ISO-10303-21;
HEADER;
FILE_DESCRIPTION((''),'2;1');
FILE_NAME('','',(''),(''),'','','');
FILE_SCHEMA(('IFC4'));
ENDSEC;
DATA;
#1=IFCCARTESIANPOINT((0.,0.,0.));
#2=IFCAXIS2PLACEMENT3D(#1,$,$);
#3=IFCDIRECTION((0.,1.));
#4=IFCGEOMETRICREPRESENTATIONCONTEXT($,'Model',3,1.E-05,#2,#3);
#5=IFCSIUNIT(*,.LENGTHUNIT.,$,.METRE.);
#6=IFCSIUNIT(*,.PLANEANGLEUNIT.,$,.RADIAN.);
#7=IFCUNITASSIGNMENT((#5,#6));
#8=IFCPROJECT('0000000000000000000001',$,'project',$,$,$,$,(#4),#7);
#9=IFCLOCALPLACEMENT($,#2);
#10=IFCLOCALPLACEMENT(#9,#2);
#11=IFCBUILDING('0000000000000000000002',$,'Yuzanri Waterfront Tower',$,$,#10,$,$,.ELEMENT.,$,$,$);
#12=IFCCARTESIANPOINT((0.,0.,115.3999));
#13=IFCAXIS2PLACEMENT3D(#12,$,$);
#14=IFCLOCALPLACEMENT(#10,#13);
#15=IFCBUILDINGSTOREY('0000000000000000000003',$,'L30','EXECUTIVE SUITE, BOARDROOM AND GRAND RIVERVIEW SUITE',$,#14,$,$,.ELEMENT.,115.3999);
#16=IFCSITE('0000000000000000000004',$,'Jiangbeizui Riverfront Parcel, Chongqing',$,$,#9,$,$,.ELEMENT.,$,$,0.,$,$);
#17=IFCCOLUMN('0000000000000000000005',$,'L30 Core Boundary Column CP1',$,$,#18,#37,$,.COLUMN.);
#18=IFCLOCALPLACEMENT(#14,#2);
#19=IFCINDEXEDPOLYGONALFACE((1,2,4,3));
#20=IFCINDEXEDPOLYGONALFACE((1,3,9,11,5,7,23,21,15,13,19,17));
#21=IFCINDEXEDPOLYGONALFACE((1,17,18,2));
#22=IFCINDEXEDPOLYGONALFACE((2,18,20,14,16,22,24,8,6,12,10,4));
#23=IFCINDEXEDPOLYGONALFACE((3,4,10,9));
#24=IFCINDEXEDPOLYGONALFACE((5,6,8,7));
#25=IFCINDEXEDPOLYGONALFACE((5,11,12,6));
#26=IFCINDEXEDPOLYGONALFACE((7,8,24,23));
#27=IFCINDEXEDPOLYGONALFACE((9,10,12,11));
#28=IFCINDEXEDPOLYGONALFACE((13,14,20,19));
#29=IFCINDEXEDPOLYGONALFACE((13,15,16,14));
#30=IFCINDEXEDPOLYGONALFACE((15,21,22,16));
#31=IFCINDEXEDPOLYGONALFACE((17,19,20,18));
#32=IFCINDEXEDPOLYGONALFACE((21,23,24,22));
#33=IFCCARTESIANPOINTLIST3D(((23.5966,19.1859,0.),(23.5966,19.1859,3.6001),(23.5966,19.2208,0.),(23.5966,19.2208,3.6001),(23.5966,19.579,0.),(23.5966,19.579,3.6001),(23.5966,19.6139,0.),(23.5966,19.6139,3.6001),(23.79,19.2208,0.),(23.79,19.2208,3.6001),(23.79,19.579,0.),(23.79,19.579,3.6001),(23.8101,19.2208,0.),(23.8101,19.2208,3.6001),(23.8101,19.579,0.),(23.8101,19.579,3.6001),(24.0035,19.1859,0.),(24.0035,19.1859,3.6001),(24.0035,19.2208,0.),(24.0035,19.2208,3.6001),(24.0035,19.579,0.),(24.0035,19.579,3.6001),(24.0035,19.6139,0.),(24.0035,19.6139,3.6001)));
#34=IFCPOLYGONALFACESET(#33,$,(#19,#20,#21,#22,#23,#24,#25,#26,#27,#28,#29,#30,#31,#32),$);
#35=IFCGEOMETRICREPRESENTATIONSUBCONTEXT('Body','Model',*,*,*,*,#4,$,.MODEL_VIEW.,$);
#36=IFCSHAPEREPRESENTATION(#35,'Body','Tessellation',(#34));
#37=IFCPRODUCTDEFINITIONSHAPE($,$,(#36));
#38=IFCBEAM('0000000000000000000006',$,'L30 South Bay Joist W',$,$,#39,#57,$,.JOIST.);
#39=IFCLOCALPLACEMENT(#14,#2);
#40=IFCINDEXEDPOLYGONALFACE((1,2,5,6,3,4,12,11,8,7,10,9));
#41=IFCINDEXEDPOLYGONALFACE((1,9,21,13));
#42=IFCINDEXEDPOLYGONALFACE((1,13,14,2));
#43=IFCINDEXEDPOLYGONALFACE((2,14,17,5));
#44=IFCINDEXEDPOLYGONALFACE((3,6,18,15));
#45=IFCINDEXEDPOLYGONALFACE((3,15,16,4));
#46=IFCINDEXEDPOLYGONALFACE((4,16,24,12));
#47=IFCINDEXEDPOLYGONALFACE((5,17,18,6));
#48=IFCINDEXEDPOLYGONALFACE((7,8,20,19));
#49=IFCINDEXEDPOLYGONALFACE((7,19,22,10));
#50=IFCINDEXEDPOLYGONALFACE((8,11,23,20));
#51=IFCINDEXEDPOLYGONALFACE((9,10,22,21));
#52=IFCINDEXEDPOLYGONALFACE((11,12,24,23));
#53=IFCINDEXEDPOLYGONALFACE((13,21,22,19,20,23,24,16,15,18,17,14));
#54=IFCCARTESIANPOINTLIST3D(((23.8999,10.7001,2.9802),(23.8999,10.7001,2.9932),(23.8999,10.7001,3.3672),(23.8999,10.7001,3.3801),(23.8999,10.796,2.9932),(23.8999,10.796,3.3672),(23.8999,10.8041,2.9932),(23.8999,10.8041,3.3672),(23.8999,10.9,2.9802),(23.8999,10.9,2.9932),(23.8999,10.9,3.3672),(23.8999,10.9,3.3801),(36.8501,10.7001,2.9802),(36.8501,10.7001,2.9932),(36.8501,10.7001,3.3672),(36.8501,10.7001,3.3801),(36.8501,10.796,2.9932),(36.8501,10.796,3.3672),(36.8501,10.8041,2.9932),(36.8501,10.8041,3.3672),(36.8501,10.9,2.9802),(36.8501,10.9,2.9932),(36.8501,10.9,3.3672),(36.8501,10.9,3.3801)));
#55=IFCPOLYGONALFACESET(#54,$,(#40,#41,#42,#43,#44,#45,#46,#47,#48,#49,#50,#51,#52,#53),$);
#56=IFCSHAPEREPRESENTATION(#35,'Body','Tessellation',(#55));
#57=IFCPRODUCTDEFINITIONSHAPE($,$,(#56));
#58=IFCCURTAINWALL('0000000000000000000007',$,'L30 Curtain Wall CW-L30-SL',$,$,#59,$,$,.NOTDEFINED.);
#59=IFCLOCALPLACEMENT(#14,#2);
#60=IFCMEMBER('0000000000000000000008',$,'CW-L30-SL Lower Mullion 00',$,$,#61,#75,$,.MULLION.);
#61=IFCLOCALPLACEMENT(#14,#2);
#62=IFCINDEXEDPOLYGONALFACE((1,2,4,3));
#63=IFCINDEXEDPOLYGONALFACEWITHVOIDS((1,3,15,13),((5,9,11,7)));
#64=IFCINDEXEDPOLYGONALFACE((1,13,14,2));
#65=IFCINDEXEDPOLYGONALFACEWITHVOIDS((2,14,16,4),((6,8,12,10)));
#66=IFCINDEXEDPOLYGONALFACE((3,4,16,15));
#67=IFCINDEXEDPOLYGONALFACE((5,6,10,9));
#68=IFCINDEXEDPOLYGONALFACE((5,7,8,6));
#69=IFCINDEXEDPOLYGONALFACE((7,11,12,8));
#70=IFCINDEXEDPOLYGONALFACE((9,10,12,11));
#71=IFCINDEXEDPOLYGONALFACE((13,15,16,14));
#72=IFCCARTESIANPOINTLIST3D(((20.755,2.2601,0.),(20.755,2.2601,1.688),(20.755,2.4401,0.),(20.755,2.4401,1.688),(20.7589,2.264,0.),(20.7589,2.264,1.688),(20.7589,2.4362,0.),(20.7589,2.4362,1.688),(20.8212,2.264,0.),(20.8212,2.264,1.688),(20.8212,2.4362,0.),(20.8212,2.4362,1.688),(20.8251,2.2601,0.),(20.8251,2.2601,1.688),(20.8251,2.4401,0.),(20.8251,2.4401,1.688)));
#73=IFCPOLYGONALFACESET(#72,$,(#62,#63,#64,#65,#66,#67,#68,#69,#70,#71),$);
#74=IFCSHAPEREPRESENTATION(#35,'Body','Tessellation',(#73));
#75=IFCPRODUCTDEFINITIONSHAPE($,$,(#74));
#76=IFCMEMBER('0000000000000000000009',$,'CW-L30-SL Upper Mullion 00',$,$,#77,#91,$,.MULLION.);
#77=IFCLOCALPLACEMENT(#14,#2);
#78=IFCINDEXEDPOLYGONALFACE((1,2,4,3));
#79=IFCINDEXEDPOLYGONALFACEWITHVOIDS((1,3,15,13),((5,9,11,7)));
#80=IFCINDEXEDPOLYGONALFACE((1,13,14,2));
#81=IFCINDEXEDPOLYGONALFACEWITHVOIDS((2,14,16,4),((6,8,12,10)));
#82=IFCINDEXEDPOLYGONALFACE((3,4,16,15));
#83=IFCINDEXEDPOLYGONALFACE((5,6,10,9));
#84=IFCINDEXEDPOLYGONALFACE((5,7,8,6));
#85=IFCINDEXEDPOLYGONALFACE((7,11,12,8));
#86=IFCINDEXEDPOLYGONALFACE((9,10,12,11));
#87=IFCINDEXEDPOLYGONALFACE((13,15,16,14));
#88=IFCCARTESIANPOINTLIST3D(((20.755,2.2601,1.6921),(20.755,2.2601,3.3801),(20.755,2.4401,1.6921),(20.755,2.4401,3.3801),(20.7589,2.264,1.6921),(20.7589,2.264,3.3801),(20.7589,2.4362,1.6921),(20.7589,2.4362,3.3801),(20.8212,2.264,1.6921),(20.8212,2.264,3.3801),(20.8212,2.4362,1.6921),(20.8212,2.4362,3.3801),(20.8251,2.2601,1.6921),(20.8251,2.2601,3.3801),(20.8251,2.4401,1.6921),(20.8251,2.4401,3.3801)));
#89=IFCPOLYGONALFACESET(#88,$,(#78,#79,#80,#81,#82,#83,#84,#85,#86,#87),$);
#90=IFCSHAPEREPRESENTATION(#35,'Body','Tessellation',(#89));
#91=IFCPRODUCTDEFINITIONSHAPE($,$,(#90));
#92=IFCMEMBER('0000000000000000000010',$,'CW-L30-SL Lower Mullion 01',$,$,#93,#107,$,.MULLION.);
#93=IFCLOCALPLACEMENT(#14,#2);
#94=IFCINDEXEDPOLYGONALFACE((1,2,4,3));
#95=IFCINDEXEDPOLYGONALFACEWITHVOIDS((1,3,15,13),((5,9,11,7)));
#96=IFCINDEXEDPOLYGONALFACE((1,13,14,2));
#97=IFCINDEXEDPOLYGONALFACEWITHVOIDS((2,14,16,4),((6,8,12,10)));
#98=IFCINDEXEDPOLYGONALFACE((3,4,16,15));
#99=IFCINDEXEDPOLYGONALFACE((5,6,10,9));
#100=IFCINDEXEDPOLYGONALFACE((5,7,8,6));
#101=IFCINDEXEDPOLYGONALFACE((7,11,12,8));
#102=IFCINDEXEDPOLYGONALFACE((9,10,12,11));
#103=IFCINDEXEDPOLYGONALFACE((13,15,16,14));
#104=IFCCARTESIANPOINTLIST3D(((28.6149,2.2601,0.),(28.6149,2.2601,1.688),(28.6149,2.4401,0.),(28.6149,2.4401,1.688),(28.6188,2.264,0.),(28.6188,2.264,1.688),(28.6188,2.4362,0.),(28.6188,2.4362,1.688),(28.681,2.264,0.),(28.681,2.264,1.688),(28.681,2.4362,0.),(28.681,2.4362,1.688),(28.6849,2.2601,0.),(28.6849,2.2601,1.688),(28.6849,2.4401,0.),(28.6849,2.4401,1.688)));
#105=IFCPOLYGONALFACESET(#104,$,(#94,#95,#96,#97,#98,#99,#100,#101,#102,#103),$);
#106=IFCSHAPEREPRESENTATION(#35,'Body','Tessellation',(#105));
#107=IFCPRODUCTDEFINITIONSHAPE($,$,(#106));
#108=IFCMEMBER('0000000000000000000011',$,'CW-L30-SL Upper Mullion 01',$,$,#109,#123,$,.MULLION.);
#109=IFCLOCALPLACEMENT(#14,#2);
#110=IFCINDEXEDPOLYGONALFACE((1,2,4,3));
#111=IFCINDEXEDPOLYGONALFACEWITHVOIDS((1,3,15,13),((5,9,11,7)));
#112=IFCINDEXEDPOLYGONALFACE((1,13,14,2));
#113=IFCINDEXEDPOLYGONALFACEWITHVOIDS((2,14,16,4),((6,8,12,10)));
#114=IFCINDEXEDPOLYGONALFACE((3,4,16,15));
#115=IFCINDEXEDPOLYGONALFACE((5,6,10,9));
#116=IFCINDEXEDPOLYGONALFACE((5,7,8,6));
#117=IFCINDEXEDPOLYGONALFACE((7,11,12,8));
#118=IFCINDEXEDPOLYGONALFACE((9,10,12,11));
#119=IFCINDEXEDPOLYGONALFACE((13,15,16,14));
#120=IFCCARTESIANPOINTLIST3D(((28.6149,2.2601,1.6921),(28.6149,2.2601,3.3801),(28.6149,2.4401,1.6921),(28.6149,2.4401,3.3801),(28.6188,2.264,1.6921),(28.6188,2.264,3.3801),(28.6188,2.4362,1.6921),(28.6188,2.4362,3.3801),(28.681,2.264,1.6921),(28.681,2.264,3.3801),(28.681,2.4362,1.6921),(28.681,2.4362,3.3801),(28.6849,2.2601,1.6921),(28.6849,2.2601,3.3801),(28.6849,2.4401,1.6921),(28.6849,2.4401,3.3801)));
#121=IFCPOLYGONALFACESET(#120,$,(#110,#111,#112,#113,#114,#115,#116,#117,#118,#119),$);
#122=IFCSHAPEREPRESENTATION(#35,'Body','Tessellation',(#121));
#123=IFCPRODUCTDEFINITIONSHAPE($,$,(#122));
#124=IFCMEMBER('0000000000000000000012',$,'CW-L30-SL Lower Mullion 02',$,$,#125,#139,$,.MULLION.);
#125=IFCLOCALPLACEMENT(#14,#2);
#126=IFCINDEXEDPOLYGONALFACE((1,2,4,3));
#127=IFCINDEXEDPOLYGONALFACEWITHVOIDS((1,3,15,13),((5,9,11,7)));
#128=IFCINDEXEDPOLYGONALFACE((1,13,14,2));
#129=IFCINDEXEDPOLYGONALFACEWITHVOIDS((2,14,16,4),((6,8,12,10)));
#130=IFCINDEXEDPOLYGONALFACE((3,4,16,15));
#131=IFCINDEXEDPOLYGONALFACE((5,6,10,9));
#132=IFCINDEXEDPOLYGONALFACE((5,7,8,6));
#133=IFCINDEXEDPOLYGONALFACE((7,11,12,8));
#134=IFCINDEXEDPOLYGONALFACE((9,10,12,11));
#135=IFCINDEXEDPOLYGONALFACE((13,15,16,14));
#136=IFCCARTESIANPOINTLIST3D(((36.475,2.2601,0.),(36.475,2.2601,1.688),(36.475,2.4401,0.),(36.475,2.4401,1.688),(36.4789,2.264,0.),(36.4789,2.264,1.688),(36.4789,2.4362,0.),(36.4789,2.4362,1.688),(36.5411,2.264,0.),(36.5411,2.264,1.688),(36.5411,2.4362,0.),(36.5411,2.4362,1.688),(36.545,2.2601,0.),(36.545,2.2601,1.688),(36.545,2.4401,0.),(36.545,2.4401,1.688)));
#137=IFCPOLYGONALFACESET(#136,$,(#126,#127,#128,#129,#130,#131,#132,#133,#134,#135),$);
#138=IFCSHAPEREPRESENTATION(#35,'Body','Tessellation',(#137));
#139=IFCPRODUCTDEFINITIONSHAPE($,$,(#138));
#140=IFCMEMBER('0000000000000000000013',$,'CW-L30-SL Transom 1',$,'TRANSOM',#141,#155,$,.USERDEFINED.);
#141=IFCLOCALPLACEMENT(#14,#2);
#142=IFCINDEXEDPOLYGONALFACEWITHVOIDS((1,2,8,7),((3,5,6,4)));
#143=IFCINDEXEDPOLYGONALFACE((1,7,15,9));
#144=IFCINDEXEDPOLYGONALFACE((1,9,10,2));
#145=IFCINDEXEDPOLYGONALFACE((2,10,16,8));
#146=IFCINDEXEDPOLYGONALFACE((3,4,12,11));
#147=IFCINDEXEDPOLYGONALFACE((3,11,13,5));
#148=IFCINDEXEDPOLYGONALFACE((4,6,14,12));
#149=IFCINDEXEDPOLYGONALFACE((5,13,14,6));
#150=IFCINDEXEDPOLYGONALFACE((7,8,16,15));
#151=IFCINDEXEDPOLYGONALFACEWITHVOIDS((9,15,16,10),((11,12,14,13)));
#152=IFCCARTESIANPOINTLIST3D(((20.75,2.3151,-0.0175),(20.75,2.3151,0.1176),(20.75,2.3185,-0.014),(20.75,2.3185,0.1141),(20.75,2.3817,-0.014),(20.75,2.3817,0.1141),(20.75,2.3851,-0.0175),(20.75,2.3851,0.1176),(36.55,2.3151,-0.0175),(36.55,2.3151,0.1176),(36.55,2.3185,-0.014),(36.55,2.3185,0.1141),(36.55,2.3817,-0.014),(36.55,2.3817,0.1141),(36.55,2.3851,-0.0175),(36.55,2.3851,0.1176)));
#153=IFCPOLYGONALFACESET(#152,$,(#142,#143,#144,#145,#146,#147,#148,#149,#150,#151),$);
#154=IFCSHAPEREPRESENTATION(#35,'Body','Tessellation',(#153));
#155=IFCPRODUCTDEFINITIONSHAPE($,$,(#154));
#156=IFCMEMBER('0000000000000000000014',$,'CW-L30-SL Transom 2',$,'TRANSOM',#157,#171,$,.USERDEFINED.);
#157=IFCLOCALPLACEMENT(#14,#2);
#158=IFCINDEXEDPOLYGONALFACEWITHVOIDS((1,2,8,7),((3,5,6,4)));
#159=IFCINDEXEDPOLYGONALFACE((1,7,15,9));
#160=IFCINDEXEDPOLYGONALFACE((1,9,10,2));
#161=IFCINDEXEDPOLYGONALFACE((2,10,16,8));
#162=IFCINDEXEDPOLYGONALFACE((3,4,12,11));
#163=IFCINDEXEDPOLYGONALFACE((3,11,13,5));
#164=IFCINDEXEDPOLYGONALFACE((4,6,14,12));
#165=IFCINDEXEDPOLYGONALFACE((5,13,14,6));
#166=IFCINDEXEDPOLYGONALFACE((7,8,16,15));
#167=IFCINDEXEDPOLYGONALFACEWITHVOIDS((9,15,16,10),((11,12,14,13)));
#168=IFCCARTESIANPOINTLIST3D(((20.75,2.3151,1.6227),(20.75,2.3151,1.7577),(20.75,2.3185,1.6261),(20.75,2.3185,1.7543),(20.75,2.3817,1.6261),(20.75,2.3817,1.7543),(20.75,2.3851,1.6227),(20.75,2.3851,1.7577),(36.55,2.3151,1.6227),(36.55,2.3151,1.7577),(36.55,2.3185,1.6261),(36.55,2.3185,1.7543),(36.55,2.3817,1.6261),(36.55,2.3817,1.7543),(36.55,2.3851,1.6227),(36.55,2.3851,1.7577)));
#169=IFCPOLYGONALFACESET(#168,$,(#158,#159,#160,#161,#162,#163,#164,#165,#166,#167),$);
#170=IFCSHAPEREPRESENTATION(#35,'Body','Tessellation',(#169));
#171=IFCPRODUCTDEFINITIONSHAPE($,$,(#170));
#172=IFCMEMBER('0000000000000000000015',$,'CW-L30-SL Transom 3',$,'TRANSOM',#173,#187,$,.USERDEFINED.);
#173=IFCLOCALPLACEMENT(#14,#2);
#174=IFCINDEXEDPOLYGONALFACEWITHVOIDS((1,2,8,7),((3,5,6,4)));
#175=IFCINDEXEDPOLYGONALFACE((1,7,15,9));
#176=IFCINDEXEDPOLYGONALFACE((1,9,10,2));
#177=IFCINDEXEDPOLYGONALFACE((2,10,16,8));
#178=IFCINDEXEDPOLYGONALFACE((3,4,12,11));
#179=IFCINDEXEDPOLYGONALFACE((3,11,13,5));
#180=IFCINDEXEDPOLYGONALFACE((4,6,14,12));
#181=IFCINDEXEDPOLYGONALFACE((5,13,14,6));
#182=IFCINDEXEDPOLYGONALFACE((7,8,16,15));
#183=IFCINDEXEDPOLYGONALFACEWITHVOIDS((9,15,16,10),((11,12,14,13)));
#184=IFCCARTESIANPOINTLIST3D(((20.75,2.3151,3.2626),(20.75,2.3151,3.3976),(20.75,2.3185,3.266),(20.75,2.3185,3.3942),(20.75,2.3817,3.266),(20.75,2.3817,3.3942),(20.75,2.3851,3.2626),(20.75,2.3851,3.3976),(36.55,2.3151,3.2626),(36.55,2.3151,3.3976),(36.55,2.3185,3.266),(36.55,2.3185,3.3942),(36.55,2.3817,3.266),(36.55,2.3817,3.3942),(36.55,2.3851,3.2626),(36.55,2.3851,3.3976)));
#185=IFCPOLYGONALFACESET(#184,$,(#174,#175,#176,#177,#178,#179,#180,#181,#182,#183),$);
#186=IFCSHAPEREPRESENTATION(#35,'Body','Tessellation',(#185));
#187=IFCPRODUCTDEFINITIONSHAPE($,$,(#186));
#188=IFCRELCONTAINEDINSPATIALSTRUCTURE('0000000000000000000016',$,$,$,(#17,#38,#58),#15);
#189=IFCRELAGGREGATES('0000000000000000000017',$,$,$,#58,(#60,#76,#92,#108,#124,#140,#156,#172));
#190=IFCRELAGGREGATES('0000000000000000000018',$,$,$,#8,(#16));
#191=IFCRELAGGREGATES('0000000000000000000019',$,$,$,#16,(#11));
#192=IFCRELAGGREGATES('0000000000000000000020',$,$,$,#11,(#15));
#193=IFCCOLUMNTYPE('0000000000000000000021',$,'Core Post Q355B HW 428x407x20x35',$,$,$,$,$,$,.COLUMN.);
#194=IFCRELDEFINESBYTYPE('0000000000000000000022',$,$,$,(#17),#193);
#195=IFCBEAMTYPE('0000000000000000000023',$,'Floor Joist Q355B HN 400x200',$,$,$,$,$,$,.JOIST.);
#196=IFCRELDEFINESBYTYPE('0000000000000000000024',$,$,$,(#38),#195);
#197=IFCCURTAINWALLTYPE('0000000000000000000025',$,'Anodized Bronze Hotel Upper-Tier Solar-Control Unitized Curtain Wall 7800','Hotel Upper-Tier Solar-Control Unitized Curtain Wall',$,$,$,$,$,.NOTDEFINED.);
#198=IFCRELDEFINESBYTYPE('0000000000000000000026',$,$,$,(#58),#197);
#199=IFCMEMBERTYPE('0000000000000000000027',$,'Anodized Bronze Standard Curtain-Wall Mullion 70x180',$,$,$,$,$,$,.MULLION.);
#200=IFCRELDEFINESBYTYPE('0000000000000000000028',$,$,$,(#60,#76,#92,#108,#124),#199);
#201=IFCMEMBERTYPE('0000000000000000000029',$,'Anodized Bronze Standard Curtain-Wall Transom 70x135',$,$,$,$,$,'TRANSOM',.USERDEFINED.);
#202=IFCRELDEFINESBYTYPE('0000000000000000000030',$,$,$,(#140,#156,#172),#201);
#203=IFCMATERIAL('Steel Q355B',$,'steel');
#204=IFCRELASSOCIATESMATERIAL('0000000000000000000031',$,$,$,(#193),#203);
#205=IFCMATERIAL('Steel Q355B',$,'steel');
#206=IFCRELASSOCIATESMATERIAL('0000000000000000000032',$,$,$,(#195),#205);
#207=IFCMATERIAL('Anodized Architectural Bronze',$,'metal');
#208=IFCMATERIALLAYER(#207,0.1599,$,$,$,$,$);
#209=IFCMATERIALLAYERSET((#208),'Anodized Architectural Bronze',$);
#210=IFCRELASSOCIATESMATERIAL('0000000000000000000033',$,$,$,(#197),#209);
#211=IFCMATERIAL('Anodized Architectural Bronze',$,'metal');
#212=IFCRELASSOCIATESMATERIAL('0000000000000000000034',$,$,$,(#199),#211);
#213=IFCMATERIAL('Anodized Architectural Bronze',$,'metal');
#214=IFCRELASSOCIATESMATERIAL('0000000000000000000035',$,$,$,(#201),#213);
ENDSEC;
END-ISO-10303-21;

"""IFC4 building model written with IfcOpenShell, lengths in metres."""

from ifc_helpers import new_model, si_unit, direction, frame, origin, origin_2d, place, context, subcontext, project, spatial, hollow_rectangle, i_section, extrude, source, transform, mapped, material, layer, layer_set, material_profile, profile_set, type_object, element, aggregate, save


model = new_model("IFC4")

# Units and contexts
model_context = context("Model", 3, precision=1e-05, world=origin(), true_north=direction((0.0, 1.0)))
body_context = subcontext(model_context, "Body", "Model", "MODEL_VIEW")
ifc_project = project(units=[si_unit("LENGTHUNIT", "METRE"), si_unit("PLANEANGLEUNIT", "RADIAN")], contexts=[model_context])

# Site, building, storey
site_placement = place(None, origin())
site = spatial("IfcSite", under=ifc_project, at=site_placement, Name="Jiangbeizui Riverfront Parcel, Chongqing", CompositionType="ELEMENT", RefElevation=0.0)
building_placement = place(site_placement, origin())
building = spatial("IfcBuilding", under=site, at=building_placement, Name="Yuzanri Waterfront Tower", CompositionType="ELEMENT")
storey_placement = place(building_placement, frame((0.0, 0.0, 115.3999)))
storey = spatial("IfcBuildingStorey", under=building, at=storey_placement, Name="L30", Description="EXECUTIVE SUITE, BOARDROOM AND GRAND RIVERVIEW SUITE", CompositionType="ELEMENT", Elevation=115.3999)

# Column
ifc_material_1 = material(Name="Steel Q355B", Category="steel")
ifc_material_profile_1 = material_profile(ifc_material_1, i_section(OverallWidth=0.407, OverallDepth=0.428, WebThickness=0.02, FlangeThickness=0.0349, at=origin_2d()), Name="HW 428x407x20x35")
ifc_profile_set_1 = profile_set([ifc_material_profile_1], Name="Steel Q355B")
column_type = type_object("IfcColumnType", Name="Core Post Q355B HW 428x407x20x35", PredefinedType="COLUMN", material=ifc_profile_set_1)
shared_shape_1 = source(origin(), body_context, "Body", "SweptSolid", [
    extrude(i_section(OverallWidth=0.407, OverallDepth=0.428, WebThickness=0.02, FlangeThickness=0.0349, at=origin_2d()), origin(), (0.0, 0.0, 1.0), 3.6001),
])
column_placement = place(storey_placement, frame((23.8, 19.3999, 0.0), z_axis=(0.0, 0.0, 1.0), x_axis=(1.0, 0.0, 0.0)))
element("IfcColumn", 1, at=column_placement, inside=storey, type_object=column_type, Name="L30 Core Boundary Column CP1", PredefinedType="COLUMN", context=body_context, shape_type="MappedRepresentation", body=[
    mapped(shared_shape_1, transform((0.0, 0.0, 0.0), scale=1.0)),
])

# Beam
ifc_material_2 = material(Name="Steel Q355B", Category="steel")
ifc_material_profile_2 = material_profile(ifc_material_2, i_section(OverallWidth=0.2, OverallDepth=0.3999, WebThickness=0.0081, FlangeThickness=0.0129, at=origin_2d()), Name="HN 400x200x8x13")
ifc_profile_set_2 = profile_set([ifc_material_profile_2], Name="Steel Q355B")
beam_type = type_object("IfcBeamType", Name="Floor Joist Q355B HN 400x200", PredefinedType="JOIST", material=ifc_profile_set_2)
shared_shape_2 = source(origin(), body_context, "Body", "SweptSolid", [
    extrude(i_section(OverallWidth=0.2, OverallDepth=0.3999, WebThickness=0.0081, FlangeThickness=0.0129, at=origin_2d()), origin(), (0.0, 0.0, 1.0), 12.9502),
])
beam_placement = place(storey_placement, frame((23.8999, 10.8, 3.1802), z_axis=(1.0, 0.0, 0.0), x_axis=(0.0, 1.0, 0.0)))
element("IfcBeam", 2, at=beam_placement, inside=storey, type_object=beam_type, Name="L30 South Bay Joist W", PredefinedType="JOIST", context=body_context, shape_type="MappedRepresentation", body=[
    mapped(shared_shape_2, transform((0.0, 0.0, 0.0), scale=1.0)),
])

# Curtain wall, members
ifc_material_3 = material(Name="Anodized Architectural Bronze", Category="metal")
ifc_layer_1 = layer(ifc_material_3, 0.1599)
ifc_layer_set_1 = layer_set([ifc_layer_1], Name="Anodized Architectural Bronze")
curtain_wall_type = type_object("IfcCurtainWallType", Name="Anodized Bronze Hotel Upper-Tier Solar-Control Unitized Curtain Wall 7800", Description="Hotel Upper-Tier Solar-Control Unitized Curtain Wall", PredefinedType="NOTDEFINED", material=ifc_layer_set_1)
curtain_wall_placement = place(storey_placement, origin())
curtain_wall = element("IfcCurtainWall", 3, at=curtain_wall_placement, inside=storey, type_object=curtain_wall_type, Name="L30 Curtain Wall CW-L30-SL", PredefinedType="NOTDEFINED")
ifc_material_4 = material(Name="Anodized Architectural Bronze", Category="metal")
ifc_material_profile_3 = material_profile(ifc_material_4, hollow_rectangle(XDim=0.0701, YDim=0.1799, WallThickness=0.0039, at=origin_2d()), Name="CWM 70x180")
ifc_profile_set_3 = profile_set([ifc_material_profile_3], Name="Anodized Architectural Bronze")
member_type_1 = type_object("IfcMemberType", Name="Anodized Bronze Standard Curtain-Wall Mullion 70x180", PredefinedType="MULLION", material=ifc_profile_set_3)
shared_shape_3 = source(origin(), body_context, "Body", "SweptSolid", [
    extrude(hollow_rectangle(XDim=0.0701, YDim=0.1799, WallThickness=0.0039, at=origin_2d()), origin(), (0.0, 0.0, 1.0), 1.688),
])
member_1_placement = place(storey_placement, frame((20.79, 2.3501, 0.0), z_axis=(0.0, 0.0, 1.0), x_axis=(1.0, 0.0, 0.0)))
member_1 = element("IfcMember", 4, at=member_1_placement, type_object=member_type_1, Name="CW-L30-SL Lower Mullion 00", PredefinedType="MULLION", context=body_context, shape_type="MappedRepresentation", body=[
    mapped(shared_shape_3, transform((0.0, 0.0, 0.0), scale=1.0)),
])
member_2_placement = place(storey_placement, frame((20.79, 2.3501, 1.6921), z_axis=(0.0, 0.0, 1.0), x_axis=(1.0, 0.0, 0.0)))
member_2 = element("IfcMember", 5, at=member_2_placement, type_object=member_type_1, Name="CW-L30-SL Upper Mullion 00", PredefinedType="MULLION", context=body_context, shape_type="MappedRepresentation", body=[
    mapped(shared_shape_3, transform((0.0, 0.0, 0.0), scale=1.0)),
])
member_3_placement = place(storey_placement, frame((28.6499, 2.3501, 0.0), z_axis=(0.0, 0.0, 1.0), x_axis=(1.0, 0.0, 0.0)))
member_3 = element("IfcMember", 6, at=member_3_placement, type_object=member_type_1, Name="CW-L30-SL Lower Mullion 01", PredefinedType="MULLION", context=body_context, shape_type="MappedRepresentation", body=[
    mapped(shared_shape_3, transform((0.0, 0.0, 0.0), scale=1.0)),
])
member_4_placement = place(storey_placement, frame((28.6499, 2.3501, 1.6921), z_axis=(0.0, 0.0, 1.0), x_axis=(1.0, 0.0, 0.0)))
member_4 = element("IfcMember", 7, at=member_4_placement, type_object=member_type_1, Name="CW-L30-SL Upper Mullion 01", PredefinedType="MULLION", context=body_context, shape_type="MappedRepresentation", body=[
    mapped(shared_shape_3, transform((0.0, 0.0, 0.0), scale=1.0)),
])
member_5_placement = place(storey_placement, frame((36.51, 2.3501, 0.0), z_axis=(0.0, 0.0, 1.0), x_axis=(1.0, 0.0, 0.0)))
member_5 = element("IfcMember", 8, at=member_5_placement, type_object=member_type_1, Name="CW-L30-SL Lower Mullion 02", PredefinedType="MULLION", context=body_context, shape_type="MappedRepresentation", body=[
    mapped(shared_shape_3, transform((0.0, 0.0, 0.0), scale=1.0)),
])
ifc_material_5 = material(Name="Anodized Architectural Bronze", Category="metal")
ifc_material_profile_4 = material_profile(ifc_material_5, hollow_rectangle(XDim=0.0701, YDim=0.135, WallThickness=0.0034, at=origin_2d()), Name="CWT 70x135")
ifc_profile_set_4 = profile_set([ifc_material_profile_4], Name="Anodized Architectural Bronze")
member_type_2 = type_object("IfcMemberType", Name="Anodized Bronze Standard Curtain-Wall Transom 70x135", ElementType="TRANSOM", PredefinedType="USERDEFINED", material=ifc_profile_set_4)
shared_shape_4 = source(origin(), body_context, "Body", "SweptSolid", [
    extrude(hollow_rectangle(XDim=0.0701, YDim=0.135, WallThickness=0.0034, at=origin_2d()), origin(), (0.0, 0.0, 1.0), 15.8),
])
member_6_placement = place(storey_placement, frame((20.75, 2.3501, 0.05), z_axis=(1.0, 0.0, 0.0), x_axis=(0.0, 1.0, 0.0)))
member_6 = element("IfcMember", 9, at=member_6_placement, type_object=member_type_2, Name="CW-L30-SL Transom 1", ObjectType="TRANSOM", PredefinedType="USERDEFINED", context=body_context, shape_type="MappedRepresentation", body=[
    mapped(shared_shape_4, transform((0.0, 0.0, 0.0), scale=1.0)),
])
member_7_placement = place(storey_placement, frame((20.75, 2.3501, 1.6902), z_axis=(1.0, 0.0, 0.0), x_axis=(0.0, 1.0, 0.0)))
member_7 = element("IfcMember", 10, at=member_7_placement, type_object=member_type_2, Name="CW-L30-SL Transom 2", ObjectType="TRANSOM", PredefinedType="USERDEFINED", context=body_context, shape_type="MappedRepresentation", body=[
    mapped(shared_shape_4, transform((0.0, 0.0, 0.0), scale=1.0)),
])
member_8_placement = place(storey_placement, frame((20.75, 2.3501, 3.3301), z_axis=(1.0, 0.0, 0.0), x_axis=(0.0, 1.0, 0.0)))
member_8 = element("IfcMember", 11, at=member_8_placement, type_object=member_type_2, Name="CW-L30-SL Transom 3", ObjectType="TRANSOM", PredefinedType="USERDEFINED", context=body_context, shape_type="MappedRepresentation", body=[
    mapped(shared_shape_4, transform((0.0, 0.0, 0.0), scale=1.0)),
])
aggregate(curtain_wall, [member_1, member_2, member_3, member_4, member_5, member_6, member_7, member_8])

save(model, "model.ifc")
